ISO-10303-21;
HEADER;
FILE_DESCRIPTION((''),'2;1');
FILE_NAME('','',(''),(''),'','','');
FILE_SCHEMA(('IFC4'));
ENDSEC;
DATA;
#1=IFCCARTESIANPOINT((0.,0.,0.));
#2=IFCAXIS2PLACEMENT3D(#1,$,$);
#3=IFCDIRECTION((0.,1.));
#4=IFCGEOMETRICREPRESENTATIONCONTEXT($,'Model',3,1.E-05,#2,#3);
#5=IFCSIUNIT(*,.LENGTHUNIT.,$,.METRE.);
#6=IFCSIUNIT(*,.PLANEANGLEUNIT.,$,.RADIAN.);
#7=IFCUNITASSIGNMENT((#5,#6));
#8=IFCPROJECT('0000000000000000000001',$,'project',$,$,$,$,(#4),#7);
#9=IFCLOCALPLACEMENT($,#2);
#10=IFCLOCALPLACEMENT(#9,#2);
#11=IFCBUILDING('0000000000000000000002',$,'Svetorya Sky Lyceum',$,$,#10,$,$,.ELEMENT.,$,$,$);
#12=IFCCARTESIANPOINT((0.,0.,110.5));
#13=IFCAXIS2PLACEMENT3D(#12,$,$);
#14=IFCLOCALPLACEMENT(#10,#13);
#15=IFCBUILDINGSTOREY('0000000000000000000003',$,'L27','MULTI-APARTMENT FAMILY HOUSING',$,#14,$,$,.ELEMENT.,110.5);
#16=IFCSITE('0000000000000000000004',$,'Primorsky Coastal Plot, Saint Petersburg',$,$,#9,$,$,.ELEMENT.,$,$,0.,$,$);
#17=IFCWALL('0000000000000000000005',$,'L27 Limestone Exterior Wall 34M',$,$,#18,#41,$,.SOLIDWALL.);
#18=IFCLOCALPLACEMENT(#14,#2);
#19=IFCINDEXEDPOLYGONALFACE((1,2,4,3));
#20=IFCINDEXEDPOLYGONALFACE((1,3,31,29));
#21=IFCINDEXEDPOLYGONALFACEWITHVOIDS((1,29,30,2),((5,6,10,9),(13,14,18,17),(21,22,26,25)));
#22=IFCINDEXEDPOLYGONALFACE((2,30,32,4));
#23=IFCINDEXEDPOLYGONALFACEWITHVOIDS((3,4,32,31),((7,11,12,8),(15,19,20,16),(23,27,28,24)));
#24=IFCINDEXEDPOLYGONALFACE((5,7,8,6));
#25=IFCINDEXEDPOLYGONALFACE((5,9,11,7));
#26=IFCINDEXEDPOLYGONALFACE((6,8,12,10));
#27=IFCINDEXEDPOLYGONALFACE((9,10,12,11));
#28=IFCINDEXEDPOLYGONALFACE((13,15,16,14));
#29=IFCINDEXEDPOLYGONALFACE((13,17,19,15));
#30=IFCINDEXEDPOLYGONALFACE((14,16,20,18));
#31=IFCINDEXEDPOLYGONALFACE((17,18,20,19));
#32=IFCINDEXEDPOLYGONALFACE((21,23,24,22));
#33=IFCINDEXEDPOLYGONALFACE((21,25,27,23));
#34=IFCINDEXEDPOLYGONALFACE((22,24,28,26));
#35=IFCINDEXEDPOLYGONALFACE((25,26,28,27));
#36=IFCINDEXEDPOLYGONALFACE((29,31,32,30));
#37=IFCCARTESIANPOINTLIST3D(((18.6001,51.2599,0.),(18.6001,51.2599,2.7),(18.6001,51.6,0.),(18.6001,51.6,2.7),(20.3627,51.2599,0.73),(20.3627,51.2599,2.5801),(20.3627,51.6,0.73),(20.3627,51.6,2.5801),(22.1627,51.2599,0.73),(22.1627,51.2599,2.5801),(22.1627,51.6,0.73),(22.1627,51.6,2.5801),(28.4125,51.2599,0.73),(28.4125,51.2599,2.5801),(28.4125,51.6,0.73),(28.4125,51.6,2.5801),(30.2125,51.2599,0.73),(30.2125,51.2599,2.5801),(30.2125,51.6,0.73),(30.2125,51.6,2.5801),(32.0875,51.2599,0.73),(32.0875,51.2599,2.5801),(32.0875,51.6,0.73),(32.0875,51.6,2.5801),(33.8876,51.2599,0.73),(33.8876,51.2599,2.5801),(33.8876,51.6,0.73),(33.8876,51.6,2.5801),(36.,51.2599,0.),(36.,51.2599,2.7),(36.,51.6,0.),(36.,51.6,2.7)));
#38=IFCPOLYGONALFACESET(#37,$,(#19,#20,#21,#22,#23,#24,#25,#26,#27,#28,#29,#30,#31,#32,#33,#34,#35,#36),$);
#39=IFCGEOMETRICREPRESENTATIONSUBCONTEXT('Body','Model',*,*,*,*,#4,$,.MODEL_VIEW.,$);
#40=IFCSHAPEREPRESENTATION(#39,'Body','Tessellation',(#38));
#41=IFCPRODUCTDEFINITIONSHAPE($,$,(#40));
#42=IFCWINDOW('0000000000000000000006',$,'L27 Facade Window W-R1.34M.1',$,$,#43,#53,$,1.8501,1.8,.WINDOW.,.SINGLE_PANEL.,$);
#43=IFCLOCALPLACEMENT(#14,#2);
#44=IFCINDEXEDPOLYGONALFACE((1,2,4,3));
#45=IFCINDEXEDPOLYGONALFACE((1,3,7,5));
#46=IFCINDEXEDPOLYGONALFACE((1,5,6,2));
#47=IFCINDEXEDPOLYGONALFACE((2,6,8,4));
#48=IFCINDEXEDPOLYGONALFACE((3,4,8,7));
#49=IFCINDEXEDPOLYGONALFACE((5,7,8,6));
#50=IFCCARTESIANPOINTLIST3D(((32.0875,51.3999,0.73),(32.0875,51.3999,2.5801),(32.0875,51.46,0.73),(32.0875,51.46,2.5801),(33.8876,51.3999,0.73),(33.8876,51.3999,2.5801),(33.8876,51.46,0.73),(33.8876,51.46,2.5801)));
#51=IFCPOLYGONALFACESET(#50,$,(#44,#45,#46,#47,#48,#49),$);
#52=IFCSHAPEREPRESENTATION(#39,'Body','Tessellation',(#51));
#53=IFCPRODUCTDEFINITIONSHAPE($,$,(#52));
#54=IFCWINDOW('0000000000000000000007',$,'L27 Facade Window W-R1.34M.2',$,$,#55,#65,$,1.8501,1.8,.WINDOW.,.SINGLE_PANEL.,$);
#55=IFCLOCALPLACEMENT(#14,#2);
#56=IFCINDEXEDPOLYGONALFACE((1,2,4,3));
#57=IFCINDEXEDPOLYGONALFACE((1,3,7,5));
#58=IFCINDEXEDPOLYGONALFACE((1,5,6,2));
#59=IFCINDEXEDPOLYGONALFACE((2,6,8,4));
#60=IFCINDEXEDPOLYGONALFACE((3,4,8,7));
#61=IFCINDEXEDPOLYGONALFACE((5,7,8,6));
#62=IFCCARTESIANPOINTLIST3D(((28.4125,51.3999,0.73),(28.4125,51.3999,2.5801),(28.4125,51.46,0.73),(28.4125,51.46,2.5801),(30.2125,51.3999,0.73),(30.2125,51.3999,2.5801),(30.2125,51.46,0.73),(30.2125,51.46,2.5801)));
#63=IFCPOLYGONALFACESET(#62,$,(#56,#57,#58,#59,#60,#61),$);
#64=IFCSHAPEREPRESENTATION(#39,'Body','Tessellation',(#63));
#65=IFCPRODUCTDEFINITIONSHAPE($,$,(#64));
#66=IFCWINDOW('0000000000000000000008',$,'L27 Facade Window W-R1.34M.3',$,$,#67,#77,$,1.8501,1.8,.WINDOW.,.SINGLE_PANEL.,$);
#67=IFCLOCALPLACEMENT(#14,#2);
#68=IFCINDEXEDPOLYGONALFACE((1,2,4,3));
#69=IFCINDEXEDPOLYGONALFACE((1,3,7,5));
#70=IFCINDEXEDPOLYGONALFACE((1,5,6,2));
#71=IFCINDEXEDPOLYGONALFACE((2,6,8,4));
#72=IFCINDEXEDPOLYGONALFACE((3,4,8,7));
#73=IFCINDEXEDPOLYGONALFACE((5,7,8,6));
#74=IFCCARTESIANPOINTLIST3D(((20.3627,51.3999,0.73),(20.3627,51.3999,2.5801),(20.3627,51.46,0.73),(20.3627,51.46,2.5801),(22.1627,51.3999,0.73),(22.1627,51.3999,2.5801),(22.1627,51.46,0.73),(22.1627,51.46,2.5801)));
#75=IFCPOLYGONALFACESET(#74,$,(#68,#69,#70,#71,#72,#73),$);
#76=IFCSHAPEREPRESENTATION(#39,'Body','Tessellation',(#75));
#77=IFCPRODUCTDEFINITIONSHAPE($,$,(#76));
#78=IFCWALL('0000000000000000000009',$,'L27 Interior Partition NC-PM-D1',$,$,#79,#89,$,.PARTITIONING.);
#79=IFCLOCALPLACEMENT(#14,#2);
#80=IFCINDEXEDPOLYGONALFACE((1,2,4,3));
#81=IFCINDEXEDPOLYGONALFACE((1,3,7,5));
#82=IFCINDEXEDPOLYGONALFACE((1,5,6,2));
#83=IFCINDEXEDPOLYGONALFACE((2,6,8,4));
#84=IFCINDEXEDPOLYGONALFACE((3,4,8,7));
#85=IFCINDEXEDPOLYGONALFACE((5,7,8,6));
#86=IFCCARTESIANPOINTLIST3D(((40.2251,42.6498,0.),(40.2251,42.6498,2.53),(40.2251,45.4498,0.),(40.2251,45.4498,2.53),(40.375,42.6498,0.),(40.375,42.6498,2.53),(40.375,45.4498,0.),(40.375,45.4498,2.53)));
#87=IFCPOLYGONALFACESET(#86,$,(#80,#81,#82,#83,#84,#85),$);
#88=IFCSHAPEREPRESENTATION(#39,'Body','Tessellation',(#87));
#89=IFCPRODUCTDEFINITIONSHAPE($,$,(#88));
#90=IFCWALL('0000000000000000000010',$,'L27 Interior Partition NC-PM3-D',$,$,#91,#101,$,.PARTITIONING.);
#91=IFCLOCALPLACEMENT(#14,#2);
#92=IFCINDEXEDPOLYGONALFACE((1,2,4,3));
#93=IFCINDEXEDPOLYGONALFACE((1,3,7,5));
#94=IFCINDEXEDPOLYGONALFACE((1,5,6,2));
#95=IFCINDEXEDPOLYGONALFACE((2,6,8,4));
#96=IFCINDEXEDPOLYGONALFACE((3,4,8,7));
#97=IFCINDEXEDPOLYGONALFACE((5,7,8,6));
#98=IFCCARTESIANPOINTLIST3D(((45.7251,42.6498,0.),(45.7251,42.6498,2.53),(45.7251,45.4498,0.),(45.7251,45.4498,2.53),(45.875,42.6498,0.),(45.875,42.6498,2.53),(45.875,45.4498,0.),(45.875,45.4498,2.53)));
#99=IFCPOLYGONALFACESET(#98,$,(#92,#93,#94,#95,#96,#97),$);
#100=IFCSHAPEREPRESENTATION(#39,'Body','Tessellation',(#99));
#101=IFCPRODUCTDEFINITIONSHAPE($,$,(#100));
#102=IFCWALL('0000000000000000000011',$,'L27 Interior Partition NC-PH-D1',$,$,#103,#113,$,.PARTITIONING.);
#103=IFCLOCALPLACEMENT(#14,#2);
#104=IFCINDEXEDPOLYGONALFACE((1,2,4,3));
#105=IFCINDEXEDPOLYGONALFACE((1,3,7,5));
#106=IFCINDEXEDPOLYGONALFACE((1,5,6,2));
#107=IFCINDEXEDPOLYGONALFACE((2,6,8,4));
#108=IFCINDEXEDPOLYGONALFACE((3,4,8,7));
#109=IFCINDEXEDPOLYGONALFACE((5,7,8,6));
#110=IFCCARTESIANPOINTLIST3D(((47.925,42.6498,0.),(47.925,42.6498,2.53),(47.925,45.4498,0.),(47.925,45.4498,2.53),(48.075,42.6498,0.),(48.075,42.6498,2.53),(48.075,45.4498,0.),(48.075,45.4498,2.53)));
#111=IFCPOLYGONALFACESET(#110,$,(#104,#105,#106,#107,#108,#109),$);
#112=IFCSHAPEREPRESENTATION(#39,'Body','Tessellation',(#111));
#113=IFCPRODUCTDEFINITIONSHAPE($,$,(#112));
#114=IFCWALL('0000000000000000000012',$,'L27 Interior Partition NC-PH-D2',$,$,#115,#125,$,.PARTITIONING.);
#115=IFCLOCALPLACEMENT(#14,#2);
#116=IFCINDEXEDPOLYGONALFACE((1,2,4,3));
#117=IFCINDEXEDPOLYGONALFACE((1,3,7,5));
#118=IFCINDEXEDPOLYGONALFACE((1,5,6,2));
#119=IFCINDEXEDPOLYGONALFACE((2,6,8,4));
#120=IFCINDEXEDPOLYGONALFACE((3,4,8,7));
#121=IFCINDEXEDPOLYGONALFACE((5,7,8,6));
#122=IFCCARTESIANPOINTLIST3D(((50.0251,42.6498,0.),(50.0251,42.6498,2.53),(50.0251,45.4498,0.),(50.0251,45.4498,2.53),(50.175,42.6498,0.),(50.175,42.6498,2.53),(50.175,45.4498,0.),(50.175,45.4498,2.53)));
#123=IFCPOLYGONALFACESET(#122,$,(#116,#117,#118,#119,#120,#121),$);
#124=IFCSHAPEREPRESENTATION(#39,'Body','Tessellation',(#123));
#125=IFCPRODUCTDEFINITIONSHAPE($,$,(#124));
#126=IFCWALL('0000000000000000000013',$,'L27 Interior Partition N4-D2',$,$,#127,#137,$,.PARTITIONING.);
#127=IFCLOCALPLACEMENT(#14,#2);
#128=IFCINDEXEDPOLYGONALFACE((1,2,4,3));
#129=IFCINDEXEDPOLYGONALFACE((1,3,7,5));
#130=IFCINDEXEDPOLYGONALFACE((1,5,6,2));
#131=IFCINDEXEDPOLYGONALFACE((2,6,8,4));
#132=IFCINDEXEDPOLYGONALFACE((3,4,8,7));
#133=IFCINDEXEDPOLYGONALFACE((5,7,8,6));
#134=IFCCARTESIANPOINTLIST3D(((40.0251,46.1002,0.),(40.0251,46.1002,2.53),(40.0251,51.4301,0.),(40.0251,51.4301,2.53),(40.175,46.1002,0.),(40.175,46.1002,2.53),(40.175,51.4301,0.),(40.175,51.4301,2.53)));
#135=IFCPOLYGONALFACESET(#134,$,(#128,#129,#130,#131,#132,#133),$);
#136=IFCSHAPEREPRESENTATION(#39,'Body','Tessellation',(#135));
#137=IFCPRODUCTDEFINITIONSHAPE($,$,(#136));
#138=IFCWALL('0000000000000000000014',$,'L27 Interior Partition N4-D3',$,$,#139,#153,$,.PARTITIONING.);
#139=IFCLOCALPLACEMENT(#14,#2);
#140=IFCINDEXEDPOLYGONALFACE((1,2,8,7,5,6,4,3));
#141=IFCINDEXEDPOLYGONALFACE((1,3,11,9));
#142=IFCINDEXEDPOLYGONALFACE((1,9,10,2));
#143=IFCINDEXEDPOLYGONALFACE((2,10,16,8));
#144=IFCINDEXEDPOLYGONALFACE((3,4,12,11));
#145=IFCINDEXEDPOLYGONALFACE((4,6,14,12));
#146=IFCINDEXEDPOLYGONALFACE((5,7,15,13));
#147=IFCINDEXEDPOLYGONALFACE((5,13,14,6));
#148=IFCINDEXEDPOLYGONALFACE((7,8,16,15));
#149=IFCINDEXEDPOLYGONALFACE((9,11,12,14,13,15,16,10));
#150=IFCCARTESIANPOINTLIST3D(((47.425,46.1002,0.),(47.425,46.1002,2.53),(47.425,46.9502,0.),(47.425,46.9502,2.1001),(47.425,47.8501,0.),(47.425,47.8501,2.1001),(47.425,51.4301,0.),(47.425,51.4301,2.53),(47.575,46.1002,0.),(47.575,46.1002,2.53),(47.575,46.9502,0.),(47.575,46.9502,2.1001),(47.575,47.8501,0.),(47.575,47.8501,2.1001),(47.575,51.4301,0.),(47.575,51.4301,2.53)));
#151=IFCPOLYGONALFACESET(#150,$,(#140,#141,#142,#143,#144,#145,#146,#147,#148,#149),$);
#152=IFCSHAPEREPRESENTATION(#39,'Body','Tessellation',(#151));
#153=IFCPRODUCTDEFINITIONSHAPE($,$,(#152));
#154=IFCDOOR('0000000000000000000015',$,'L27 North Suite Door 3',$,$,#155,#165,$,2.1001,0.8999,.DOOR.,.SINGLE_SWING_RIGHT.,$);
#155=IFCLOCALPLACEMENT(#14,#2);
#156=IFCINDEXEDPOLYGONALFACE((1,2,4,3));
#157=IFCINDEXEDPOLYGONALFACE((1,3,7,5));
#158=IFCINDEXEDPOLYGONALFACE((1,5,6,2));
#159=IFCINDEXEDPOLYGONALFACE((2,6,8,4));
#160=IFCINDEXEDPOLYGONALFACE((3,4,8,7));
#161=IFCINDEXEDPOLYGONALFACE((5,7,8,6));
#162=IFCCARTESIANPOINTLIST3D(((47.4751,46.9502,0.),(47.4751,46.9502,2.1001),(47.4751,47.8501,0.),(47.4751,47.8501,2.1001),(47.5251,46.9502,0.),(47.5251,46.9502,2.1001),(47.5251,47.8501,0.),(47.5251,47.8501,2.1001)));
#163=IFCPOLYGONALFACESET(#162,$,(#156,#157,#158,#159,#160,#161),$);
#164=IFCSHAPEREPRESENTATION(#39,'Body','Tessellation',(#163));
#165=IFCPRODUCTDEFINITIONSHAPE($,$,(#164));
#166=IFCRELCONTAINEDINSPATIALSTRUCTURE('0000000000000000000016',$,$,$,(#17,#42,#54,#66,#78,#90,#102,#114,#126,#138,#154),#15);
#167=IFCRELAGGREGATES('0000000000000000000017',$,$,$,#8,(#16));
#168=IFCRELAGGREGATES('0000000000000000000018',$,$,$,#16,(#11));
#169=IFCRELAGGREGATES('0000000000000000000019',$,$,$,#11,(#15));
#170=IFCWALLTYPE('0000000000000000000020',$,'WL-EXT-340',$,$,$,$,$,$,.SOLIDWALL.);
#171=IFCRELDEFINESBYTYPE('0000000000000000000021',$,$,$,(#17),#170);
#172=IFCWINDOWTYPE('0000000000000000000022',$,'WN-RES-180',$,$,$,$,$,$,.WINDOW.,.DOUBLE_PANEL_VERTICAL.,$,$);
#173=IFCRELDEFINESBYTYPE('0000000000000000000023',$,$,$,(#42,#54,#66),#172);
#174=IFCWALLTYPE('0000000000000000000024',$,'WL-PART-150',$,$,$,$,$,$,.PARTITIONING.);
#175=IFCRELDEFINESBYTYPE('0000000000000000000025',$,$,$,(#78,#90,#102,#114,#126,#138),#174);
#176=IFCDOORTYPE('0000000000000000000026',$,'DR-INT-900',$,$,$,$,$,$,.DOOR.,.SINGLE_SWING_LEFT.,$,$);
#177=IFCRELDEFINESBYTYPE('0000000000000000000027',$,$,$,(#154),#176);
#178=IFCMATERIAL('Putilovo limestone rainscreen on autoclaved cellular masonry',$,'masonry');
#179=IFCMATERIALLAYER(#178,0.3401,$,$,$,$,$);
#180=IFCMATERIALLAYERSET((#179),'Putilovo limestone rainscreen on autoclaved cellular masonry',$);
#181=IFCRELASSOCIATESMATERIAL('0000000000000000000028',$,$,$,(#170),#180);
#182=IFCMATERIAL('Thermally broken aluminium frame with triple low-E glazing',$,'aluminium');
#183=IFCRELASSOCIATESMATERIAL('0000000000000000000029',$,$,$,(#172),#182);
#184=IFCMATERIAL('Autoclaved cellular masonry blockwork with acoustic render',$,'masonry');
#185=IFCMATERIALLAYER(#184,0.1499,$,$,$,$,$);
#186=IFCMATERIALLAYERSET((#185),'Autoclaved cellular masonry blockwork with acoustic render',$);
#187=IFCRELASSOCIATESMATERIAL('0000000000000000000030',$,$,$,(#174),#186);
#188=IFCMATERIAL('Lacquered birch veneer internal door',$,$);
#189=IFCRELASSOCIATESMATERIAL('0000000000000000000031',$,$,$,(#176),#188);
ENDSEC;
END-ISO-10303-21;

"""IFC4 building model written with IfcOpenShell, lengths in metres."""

from ifc_helpers import new_model, si_unit, direction, frame, frame_2d, origin, place, context, subcontext, project, spatial, rectangle, extrude, material, layer, layer_set, type_object, element, fill, save


model = new_model("IFC4")

# Units and contexts
model_context = context("Model", 3, precision=1e-05, world=origin(), true_north=direction((0.0, 1.0)))
body_context = subcontext(model_context, "Body", "Model", "MODEL_VIEW")
ifc_project = project(units=[si_unit("LENGTHUNIT", "METRE"), si_unit("PLANEANGLEUNIT", "RADIAN")], contexts=[model_context])

# Site, building, storey
site_placement = place(None, origin())
site = spatial("IfcSite", under=ifc_project, at=site_placement, Name="Primorsky Coastal Plot, Saint Petersburg", CompositionType="ELEMENT", RefElevation=0.0)
building_placement = place(site_placement, origin())
building = spatial("IfcBuilding", under=site, at=building_placement, Name="Svetorya Sky Lyceum", CompositionType="ELEMENT")
storey_placement = place(building_placement, frame((0.0, 0.0, 110.5)))
storey = spatial("IfcBuildingStorey", under=building, at=storey_placement, Name="L27", Description="MULTI-APARTMENT FAMILY HOUSING", CompositionType="ELEMENT", Elevation=110.5)

# Shared definitions
ifc_material_1 = material(Name="Putilovo limestone rainscreen on autoclaved cellular masonry", Category="masonry")
ifc_layer_1 = layer(ifc_material_1, 0.3401)
ifc_layer_set_1 = layer_set([ifc_layer_1], Name="Putilovo limestone rainscreen on autoclaved cellular masonry")
wall_type_1 = type_object("IfcWallType", Name="WL-EXT-340", PredefinedType="SOLIDWALL", material=ifc_layer_set_1)

# Wall, openings, windows
wall_1_placement = place(storey_placement, frame((36.0, 51.4299, 0.0), z_axis=(0.0, 0.0, 1.0), x_axis=(-1.0, 0.0, 0.0)))
wall_1 = element("IfcWall", 1, at=wall_1_placement, inside=storey, type_object=wall_type_1, Name="L27 Limestone Exterior Wall 34M", PredefinedType="SOLIDWALL", context=body_context, shape_type="SweptSolid", body=[
    extrude(rectangle(XDim=17.3999, YDim=0.3401, at=frame_2d((8.7, 0.0))), origin(), (0.0, 0.0, 1.0), 2.7),
])
opening_1_placement = place(wall_1_placement, frame((2.1125, 0.0, 0.73)))
opening_1 = element("IfcOpeningElement", 2, at=opening_1_placement, cuts=wall_1, PredefinedType="OPENING", context=body_context, shape_type="SweptSolid", body=[
    extrude(rectangle(XDim=1.8, YDim=1.8501, at=frame_2d((0.8999, 0.925))), frame((0.0, 0.1799, 0.0), z_axis=(0.0, -1.0, 0.0), x_axis=(1.0, 0.0, 0.0)), (0.0, 0.0, 1.0), 0.3601),
])
opening_2_placement = place(wall_1_placement, frame((5.7876, 0.0, 0.73)))
opening_2 = element("IfcOpeningElement", 3, at=opening_2_placement, cuts=wall_1, PredefinedType="OPENING", context=body_context, shape_type="SweptSolid", body=[
    extrude(rectangle(XDim=1.8, YDim=1.8501, at=frame_2d((0.8999, 0.925))), frame((0.0, 0.1799, 0.0), z_axis=(0.0, -1.0, 0.0), x_axis=(1.0, 0.0, 0.0)), (0.0, 0.0, 1.0), 0.3601),
])
opening_3_placement = place(wall_1_placement, frame((13.8374, 0.0, 0.73)))
opening_3 = element("IfcOpeningElement", 4, at=opening_3_placement, cuts=wall_1, PredefinedType="OPENING", context=body_context, shape_type="SweptSolid", body=[
    extrude(rectangle(XDim=1.8, YDim=1.8501, at=frame_2d((0.8999, 0.925))), frame((0.0, 0.1799, 0.0), z_axis=(0.0, -1.0, 0.0), x_axis=(1.0, 0.0, 0.0)), (0.0, 0.0, 1.0), 0.3601),
])
ifc_material_2 = material(Name="Thermally broken aluminium frame with triple low-E glazing", Category="aluminium")
window_type = type_object("IfcWindowType", Name="WN-RES-180", PartitioningType="DOUBLE_PANEL_VERTICAL", PredefinedType="WINDOW", material=ifc_material_2)
window_1_placement = place(opening_1_placement, origin())
window_1 = element("IfcWindow", 5, at=window_1_placement, inside=storey, type_object=window_type, Name="L27 Facade Window W-R1.34M.1", OverallHeight=1.8501, OverallWidth=1.8, PartitioningType="SINGLE_PANEL", PredefinedType="WINDOW", context=body_context, shape_type="SweptSolid", body=[
    extrude(rectangle(XDim=1.8, YDim=1.8501, at=frame_2d((0.8999, 0.925))), frame((0.0, 0.03, 0.0), z_axis=(0.0, -1.0, 0.0), x_axis=(1.0, 0.0, 0.0)), (0.0, 0.0, 1.0), 0.0601),
])
fill(opening_1, window_1)
window_2_placement = place(opening_2_placement, origin())
window_2 = element("IfcWindow", 6, at=window_2_placement, inside=storey, type_object=window_type, Name="L27 Facade Window W-R1.34M.2", OverallHeight=1.8501, OverallWidth=1.8, PartitioningType="SINGLE_PANEL", PredefinedType="WINDOW", context=body_context, shape_type="SweptSolid", body=[
    extrude(rectangle(XDim=1.8, YDim=1.8501, at=frame_2d((0.8999, 0.925))), frame((0.0, 0.03, 0.0), z_axis=(0.0, -1.0, 0.0), x_axis=(1.0, 0.0, 0.0)), (0.0, 0.0, 1.0), 0.0601),
])
fill(opening_2, window_2)
window_3_placement = place(opening_3_placement, origin())
window_3 = element("IfcWindow", 7, at=window_3_placement, inside=storey, type_object=window_type, Name="L27 Facade Window W-R1.34M.3", OverallHeight=1.8501, OverallWidth=1.8, PartitioningType="SINGLE_PANEL", PredefinedType="WINDOW", context=body_context, shape_type="SweptSolid", body=[
    extrude(rectangle(XDim=1.8, YDim=1.8501, at=frame_2d((0.8999, 0.925))), frame((0.0, 0.03, 0.0), z_axis=(0.0, -1.0, 0.0), x_axis=(1.0, 0.0, 0.0)), (0.0, 0.0, 1.0), 0.0601),
])
fill(opening_3, window_3)

# Walls
ifc_material_3 = material(Name="Autoclaved cellular masonry blockwork with acoustic render", Category="masonry")
ifc_layer_2 = layer(ifc_material_3, 0.1499)
ifc_layer_set_2 = layer_set([ifc_layer_2], Name="Autoclaved cellular masonry blockwork with acoustic render")
wall_type_2 = type_object("IfcWallType", Name="WL-PART-150", PredefinedType="PARTITIONING", material=ifc_layer_set_2)
for number, where, z_axis, x_axis, name in (
    (8, (40.3, 42.6499, 0.0), (0.0, 0.0, 1.0), (0.0, 1.0, 0.0), "L27 Interior Partition NC-PM-D1"),
    (9, (45.8, 42.6499, 0.0), (0.0, 0.0, 1.0), (0.0, 1.0, 0.0), "L27 Interior Partition NC-PM3-D"),
    (10, (48.0, 42.6499, 0.0), (0.0, 0.0, 1.0), (0.0, 1.0, 0.0), "L27 Interior Partition NC-PH-D1"),
    (11, (50.1001, 42.6499, 0.0), (0.0, 0.0, 1.0), (0.0, 1.0, 0.0), "L27 Interior Partition NC-PH-D2"),
):
    element("IfcWall", number, at=place(storey_placement, frame(where, z_axis=z_axis, x_axis=x_axis)), inside=storey, type_object=wall_type_2, Name=name, PredefinedType="PARTITIONING", context=body_context, shape_type="SweptSolid", body=[
        extrude(rectangle(XDim=2.8, YDim=0.1499, at=frame_2d((1.3999, 0.0))), origin(), (0.0, 0.0, 1.0), 2.53),
    ])
wall_2_placement = place(storey_placement, frame((40.1001, 46.1001, 0.0), z_axis=(0.0, 0.0, 1.0), x_axis=(0.0, 1.0, 0.0)))
element("IfcWall", 12, at=wall_2_placement, inside=storey, type_object=wall_type_2, Name="L27 Interior Partition N4-D2", PredefinedType="PARTITIONING", context=body_context, shape_type="SweptSolid", body=[
    extrude(rectangle(XDim=5.3298, YDim=0.1499, at=frame_2d((2.665, 0.0))), origin(), (0.0, 0.0, 1.0), 2.53),
])

# Wall, opening, door
wall_3_placement = place(storey_placement, frame((47.5, 46.1001, 0.0), z_axis=(0.0, 0.0, 1.0), x_axis=(0.0, 1.0, 0.0)))
wall_3 = element("IfcWall", 13, at=wall_3_placement, inside=storey, type_object=wall_type_2, Name="L27 Interior Partition N4-D3", PredefinedType="PARTITIONING", context=body_context, shape_type="SweptSolid", body=[
    extrude(rectangle(XDim=5.3298, YDim=0.1499, at=frame_2d((2.665, 0.0))), origin(), (0.0, 0.0, 1.0), 2.53),
])
opening_4_placement = place(wall_3_placement, frame((0.8501, 0.0, 0.0)))
opening_4 = element("IfcOpeningElement", 14, at=opening_4_placement, cuts=wall_3, PredefinedType="OPENING", context=body_context, shape_type="SweptSolid", body=[
    extrude(rectangle(XDim=0.8999, YDim=2.1001, at=frame_2d((0.45, 1.05))), frame((0.0, 0.085, 0.0), z_axis=(0.0, -1.0, 0.0), x_axis=(1.0, 0.0, 0.0)), (0.0, 0.0, 1.0), 0.1699),
])
ifc_material_4 = material(Name="Lacquered birch veneer internal door")
door_type = type_object("IfcDoorType", Name="DR-INT-900", OperationType="SINGLE_SWING_LEFT", PredefinedType="DOOR", material=ifc_material_4)
door_placement = place(opening_4_placement, origin())
door = element("IfcDoor", 15, at=door_placement, inside=storey, type_object=door_type, Name="L27 North Suite Door 3", OperationType="SINGLE_SWING_RIGHT", OverallHeight=2.1001, OverallWidth=0.8999, PredefinedType="DOOR", context=body_context, shape_type="SweptSolid", body=[
    extrude(rectangle(XDim=0.8999, YDim=2.1001, at=frame_2d((0.45, 1.05))), frame((0.0, 0.0249, 0.0), z_axis=(0.0, -1.0, 0.0), x_axis=(1.0, 0.0, 0.0)), (0.0, 0.0, 1.0), 0.05),
])
fill(opening_4, door)

save(model, "model.ifc")
